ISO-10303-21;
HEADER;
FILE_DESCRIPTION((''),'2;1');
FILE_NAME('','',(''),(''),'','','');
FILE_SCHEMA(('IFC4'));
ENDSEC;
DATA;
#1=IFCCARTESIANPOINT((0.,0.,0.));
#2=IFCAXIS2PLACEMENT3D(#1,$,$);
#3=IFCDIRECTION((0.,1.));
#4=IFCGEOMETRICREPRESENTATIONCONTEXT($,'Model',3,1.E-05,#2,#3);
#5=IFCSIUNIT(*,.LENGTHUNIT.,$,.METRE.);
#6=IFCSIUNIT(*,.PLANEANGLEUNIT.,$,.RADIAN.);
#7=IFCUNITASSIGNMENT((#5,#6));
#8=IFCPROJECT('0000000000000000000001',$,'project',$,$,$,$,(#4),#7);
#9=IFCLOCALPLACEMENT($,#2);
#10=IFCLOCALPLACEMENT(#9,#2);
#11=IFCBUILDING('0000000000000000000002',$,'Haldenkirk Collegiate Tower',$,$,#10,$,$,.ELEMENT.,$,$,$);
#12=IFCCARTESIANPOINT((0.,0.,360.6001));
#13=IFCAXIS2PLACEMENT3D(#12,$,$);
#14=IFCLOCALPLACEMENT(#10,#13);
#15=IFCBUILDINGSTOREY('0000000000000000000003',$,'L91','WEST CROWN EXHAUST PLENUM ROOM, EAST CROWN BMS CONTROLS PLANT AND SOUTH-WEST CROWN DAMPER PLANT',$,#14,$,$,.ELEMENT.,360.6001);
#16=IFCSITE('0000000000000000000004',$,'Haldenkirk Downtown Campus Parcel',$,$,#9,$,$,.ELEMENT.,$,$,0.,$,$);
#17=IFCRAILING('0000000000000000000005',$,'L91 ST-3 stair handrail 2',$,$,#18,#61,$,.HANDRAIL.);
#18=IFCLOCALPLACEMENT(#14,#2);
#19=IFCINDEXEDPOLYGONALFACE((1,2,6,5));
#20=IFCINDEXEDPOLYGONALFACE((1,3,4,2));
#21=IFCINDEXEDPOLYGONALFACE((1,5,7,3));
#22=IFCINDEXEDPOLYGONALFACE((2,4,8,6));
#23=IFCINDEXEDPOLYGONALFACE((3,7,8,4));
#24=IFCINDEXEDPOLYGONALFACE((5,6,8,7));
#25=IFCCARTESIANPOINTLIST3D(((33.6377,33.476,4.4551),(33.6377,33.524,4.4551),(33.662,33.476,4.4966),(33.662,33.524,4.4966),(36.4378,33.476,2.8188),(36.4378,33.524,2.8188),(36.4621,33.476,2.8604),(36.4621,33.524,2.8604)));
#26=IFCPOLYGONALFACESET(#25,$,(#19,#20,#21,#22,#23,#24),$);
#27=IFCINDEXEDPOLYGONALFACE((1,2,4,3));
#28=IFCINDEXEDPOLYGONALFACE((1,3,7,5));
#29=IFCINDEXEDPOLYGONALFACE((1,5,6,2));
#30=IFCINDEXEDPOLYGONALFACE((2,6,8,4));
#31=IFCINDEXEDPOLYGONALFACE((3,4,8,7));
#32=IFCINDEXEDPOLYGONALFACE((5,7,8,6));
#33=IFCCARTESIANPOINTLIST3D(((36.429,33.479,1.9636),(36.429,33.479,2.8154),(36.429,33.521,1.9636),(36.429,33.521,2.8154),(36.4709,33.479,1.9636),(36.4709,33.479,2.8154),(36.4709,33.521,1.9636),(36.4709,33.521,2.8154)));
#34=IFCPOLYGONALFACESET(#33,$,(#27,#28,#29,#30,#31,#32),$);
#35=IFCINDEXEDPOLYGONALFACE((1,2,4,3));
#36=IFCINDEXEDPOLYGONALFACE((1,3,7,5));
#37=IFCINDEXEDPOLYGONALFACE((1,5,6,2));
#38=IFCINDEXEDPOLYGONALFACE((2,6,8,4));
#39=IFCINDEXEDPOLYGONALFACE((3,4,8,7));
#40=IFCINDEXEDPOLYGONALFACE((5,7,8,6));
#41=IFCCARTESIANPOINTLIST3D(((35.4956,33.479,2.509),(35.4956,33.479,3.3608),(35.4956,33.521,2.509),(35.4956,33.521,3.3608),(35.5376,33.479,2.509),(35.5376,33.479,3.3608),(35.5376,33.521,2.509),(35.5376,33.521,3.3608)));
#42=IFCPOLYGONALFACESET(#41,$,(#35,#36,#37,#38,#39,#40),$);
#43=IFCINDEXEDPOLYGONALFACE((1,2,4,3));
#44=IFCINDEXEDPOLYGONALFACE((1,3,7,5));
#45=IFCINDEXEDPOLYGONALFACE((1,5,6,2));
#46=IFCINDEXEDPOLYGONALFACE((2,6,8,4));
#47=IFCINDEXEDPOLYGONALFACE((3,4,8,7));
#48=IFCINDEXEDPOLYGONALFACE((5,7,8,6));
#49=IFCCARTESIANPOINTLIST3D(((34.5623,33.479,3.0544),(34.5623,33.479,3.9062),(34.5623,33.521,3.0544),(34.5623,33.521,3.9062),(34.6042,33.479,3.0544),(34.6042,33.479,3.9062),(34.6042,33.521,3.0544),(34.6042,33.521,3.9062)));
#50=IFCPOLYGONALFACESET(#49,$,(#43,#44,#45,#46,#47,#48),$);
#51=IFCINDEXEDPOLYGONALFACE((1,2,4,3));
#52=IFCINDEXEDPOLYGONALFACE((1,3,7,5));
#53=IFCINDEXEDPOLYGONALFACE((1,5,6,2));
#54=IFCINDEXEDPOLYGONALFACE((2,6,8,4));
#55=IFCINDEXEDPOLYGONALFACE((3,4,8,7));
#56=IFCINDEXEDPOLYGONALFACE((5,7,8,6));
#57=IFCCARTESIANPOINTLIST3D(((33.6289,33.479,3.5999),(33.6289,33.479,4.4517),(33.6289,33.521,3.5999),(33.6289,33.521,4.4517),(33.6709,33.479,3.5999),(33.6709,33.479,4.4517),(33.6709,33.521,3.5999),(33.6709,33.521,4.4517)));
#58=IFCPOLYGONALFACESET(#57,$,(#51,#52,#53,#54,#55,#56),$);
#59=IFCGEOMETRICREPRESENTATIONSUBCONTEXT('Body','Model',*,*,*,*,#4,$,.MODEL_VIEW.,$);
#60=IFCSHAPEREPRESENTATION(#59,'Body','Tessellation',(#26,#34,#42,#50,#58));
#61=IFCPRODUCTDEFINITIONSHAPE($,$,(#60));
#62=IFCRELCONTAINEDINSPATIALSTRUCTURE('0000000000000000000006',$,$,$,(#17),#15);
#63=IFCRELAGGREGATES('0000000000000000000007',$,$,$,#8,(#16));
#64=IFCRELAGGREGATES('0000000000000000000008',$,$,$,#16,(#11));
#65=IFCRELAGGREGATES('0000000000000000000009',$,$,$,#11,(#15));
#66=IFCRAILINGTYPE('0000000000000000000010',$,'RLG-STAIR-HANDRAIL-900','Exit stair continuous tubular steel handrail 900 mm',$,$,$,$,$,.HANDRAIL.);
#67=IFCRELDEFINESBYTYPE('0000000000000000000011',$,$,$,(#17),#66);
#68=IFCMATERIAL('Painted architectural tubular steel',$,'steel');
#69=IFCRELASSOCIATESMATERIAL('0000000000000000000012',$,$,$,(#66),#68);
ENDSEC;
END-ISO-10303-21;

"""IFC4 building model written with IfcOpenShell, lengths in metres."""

from ifc_helpers import new_model, si_unit, direction, frame, origin, origin_2d, place, context, subcontext, project, spatial, rectangle, extrude, material, type_object, element, save


model = new_model("IFC4")

# Units and contexts
model_context = context("Model", 3, precision=1e-05, world=origin(), true_north=direction((0.0, 1.0)))
body_context = subcontext(model_context, "Body", "Model", "MODEL_VIEW")
ifc_project = project(units=[si_unit("LENGTHUNIT", "METRE"), si_unit("PLANEANGLEUNIT", "RADIAN")], contexts=[model_context])

# Site, building, storey
site_placement = place(None, origin())
site = spatial("IfcSite", under=ifc_project, at=site_placement, Name="Haldenkirk Downtown Campus Parcel", CompositionType="ELEMENT", RefElevation=0.0)
building_placement = place(site_placement, origin())
building = spatial("IfcBuilding", under=site, at=building_placement, Name="Haldenkirk Collegiate Tower", CompositionType="ELEMENT")
storey_placement = place(building_placement, frame((0.0, 0.0, 360.6001)))
storey = spatial("IfcBuildingStorey", under=building, at=storey_placement, Name="L91", Description="WEST CROWN EXHAUST PLENUM ROOM, EAST CROWN BMS CONTROLS PLANT AND SOUTH-WEST CROWN DAMPER PLANT", CompositionType="ELEMENT", Elevation=360.6001)

# Railing
ifc_material_1 = material(Name="Painted architectural tubular steel", Category="steel")
railing_type_1 = type_object("IfcRailingType", Name="RLG-STAIR-HANDRAIL-900", Description="Exit stair continuous tubular steel handrail 900 mm", PredefinedType="HANDRAIL", material=ifc_material_1)
railing_1_placement = place(storey_placement, frame((36.45, 33.5, 1.9636)))
element("IfcRailing", 1, at=railing_1_placement, inside=storey, type_object=railing_type_1, Name="L91 ST-3 stair handrail 2", PredefinedType="HANDRAIL", context=body_context, shape_type="SweptSolid", body=[
    extrude(rectangle(XDim=0.0481, YDim=0.0481, at=origin_2d()), frame((0.0, 0.0, 0.876), z_axis=(-0.863394, 0.0, 0.504531), x_axis=(0.0, -1.0, 0.0)), (0.0, 0.0, 1.0), 3.2432),
    extrude(rectangle(XDim=0.042, YDim=0.042, at=origin_2d()), origin(), (0.0, 0.0, 1.0), 0.8518),
    extrude(rectangle(XDim=0.042, YDim=0.042, at=origin_2d()), frame((-0.9333, 0.0, 0.5454)), (0.0, 0.0, 1.0), 0.8518),
    extrude(rectangle(XDim=0.042, YDim=0.042, at=origin_2d()), frame((-1.8667, 0.0, 1.0908)), (0.0, 0.0, 1.0), 0.8518),
    extrude(rectangle(XDim=0.042, YDim=0.042, at=origin_2d()), frame((-2.8, 0.0, 1.6362)), (0.0, 0.0, 1.0), 0.8518),
])

save(model, "model.ifc")
